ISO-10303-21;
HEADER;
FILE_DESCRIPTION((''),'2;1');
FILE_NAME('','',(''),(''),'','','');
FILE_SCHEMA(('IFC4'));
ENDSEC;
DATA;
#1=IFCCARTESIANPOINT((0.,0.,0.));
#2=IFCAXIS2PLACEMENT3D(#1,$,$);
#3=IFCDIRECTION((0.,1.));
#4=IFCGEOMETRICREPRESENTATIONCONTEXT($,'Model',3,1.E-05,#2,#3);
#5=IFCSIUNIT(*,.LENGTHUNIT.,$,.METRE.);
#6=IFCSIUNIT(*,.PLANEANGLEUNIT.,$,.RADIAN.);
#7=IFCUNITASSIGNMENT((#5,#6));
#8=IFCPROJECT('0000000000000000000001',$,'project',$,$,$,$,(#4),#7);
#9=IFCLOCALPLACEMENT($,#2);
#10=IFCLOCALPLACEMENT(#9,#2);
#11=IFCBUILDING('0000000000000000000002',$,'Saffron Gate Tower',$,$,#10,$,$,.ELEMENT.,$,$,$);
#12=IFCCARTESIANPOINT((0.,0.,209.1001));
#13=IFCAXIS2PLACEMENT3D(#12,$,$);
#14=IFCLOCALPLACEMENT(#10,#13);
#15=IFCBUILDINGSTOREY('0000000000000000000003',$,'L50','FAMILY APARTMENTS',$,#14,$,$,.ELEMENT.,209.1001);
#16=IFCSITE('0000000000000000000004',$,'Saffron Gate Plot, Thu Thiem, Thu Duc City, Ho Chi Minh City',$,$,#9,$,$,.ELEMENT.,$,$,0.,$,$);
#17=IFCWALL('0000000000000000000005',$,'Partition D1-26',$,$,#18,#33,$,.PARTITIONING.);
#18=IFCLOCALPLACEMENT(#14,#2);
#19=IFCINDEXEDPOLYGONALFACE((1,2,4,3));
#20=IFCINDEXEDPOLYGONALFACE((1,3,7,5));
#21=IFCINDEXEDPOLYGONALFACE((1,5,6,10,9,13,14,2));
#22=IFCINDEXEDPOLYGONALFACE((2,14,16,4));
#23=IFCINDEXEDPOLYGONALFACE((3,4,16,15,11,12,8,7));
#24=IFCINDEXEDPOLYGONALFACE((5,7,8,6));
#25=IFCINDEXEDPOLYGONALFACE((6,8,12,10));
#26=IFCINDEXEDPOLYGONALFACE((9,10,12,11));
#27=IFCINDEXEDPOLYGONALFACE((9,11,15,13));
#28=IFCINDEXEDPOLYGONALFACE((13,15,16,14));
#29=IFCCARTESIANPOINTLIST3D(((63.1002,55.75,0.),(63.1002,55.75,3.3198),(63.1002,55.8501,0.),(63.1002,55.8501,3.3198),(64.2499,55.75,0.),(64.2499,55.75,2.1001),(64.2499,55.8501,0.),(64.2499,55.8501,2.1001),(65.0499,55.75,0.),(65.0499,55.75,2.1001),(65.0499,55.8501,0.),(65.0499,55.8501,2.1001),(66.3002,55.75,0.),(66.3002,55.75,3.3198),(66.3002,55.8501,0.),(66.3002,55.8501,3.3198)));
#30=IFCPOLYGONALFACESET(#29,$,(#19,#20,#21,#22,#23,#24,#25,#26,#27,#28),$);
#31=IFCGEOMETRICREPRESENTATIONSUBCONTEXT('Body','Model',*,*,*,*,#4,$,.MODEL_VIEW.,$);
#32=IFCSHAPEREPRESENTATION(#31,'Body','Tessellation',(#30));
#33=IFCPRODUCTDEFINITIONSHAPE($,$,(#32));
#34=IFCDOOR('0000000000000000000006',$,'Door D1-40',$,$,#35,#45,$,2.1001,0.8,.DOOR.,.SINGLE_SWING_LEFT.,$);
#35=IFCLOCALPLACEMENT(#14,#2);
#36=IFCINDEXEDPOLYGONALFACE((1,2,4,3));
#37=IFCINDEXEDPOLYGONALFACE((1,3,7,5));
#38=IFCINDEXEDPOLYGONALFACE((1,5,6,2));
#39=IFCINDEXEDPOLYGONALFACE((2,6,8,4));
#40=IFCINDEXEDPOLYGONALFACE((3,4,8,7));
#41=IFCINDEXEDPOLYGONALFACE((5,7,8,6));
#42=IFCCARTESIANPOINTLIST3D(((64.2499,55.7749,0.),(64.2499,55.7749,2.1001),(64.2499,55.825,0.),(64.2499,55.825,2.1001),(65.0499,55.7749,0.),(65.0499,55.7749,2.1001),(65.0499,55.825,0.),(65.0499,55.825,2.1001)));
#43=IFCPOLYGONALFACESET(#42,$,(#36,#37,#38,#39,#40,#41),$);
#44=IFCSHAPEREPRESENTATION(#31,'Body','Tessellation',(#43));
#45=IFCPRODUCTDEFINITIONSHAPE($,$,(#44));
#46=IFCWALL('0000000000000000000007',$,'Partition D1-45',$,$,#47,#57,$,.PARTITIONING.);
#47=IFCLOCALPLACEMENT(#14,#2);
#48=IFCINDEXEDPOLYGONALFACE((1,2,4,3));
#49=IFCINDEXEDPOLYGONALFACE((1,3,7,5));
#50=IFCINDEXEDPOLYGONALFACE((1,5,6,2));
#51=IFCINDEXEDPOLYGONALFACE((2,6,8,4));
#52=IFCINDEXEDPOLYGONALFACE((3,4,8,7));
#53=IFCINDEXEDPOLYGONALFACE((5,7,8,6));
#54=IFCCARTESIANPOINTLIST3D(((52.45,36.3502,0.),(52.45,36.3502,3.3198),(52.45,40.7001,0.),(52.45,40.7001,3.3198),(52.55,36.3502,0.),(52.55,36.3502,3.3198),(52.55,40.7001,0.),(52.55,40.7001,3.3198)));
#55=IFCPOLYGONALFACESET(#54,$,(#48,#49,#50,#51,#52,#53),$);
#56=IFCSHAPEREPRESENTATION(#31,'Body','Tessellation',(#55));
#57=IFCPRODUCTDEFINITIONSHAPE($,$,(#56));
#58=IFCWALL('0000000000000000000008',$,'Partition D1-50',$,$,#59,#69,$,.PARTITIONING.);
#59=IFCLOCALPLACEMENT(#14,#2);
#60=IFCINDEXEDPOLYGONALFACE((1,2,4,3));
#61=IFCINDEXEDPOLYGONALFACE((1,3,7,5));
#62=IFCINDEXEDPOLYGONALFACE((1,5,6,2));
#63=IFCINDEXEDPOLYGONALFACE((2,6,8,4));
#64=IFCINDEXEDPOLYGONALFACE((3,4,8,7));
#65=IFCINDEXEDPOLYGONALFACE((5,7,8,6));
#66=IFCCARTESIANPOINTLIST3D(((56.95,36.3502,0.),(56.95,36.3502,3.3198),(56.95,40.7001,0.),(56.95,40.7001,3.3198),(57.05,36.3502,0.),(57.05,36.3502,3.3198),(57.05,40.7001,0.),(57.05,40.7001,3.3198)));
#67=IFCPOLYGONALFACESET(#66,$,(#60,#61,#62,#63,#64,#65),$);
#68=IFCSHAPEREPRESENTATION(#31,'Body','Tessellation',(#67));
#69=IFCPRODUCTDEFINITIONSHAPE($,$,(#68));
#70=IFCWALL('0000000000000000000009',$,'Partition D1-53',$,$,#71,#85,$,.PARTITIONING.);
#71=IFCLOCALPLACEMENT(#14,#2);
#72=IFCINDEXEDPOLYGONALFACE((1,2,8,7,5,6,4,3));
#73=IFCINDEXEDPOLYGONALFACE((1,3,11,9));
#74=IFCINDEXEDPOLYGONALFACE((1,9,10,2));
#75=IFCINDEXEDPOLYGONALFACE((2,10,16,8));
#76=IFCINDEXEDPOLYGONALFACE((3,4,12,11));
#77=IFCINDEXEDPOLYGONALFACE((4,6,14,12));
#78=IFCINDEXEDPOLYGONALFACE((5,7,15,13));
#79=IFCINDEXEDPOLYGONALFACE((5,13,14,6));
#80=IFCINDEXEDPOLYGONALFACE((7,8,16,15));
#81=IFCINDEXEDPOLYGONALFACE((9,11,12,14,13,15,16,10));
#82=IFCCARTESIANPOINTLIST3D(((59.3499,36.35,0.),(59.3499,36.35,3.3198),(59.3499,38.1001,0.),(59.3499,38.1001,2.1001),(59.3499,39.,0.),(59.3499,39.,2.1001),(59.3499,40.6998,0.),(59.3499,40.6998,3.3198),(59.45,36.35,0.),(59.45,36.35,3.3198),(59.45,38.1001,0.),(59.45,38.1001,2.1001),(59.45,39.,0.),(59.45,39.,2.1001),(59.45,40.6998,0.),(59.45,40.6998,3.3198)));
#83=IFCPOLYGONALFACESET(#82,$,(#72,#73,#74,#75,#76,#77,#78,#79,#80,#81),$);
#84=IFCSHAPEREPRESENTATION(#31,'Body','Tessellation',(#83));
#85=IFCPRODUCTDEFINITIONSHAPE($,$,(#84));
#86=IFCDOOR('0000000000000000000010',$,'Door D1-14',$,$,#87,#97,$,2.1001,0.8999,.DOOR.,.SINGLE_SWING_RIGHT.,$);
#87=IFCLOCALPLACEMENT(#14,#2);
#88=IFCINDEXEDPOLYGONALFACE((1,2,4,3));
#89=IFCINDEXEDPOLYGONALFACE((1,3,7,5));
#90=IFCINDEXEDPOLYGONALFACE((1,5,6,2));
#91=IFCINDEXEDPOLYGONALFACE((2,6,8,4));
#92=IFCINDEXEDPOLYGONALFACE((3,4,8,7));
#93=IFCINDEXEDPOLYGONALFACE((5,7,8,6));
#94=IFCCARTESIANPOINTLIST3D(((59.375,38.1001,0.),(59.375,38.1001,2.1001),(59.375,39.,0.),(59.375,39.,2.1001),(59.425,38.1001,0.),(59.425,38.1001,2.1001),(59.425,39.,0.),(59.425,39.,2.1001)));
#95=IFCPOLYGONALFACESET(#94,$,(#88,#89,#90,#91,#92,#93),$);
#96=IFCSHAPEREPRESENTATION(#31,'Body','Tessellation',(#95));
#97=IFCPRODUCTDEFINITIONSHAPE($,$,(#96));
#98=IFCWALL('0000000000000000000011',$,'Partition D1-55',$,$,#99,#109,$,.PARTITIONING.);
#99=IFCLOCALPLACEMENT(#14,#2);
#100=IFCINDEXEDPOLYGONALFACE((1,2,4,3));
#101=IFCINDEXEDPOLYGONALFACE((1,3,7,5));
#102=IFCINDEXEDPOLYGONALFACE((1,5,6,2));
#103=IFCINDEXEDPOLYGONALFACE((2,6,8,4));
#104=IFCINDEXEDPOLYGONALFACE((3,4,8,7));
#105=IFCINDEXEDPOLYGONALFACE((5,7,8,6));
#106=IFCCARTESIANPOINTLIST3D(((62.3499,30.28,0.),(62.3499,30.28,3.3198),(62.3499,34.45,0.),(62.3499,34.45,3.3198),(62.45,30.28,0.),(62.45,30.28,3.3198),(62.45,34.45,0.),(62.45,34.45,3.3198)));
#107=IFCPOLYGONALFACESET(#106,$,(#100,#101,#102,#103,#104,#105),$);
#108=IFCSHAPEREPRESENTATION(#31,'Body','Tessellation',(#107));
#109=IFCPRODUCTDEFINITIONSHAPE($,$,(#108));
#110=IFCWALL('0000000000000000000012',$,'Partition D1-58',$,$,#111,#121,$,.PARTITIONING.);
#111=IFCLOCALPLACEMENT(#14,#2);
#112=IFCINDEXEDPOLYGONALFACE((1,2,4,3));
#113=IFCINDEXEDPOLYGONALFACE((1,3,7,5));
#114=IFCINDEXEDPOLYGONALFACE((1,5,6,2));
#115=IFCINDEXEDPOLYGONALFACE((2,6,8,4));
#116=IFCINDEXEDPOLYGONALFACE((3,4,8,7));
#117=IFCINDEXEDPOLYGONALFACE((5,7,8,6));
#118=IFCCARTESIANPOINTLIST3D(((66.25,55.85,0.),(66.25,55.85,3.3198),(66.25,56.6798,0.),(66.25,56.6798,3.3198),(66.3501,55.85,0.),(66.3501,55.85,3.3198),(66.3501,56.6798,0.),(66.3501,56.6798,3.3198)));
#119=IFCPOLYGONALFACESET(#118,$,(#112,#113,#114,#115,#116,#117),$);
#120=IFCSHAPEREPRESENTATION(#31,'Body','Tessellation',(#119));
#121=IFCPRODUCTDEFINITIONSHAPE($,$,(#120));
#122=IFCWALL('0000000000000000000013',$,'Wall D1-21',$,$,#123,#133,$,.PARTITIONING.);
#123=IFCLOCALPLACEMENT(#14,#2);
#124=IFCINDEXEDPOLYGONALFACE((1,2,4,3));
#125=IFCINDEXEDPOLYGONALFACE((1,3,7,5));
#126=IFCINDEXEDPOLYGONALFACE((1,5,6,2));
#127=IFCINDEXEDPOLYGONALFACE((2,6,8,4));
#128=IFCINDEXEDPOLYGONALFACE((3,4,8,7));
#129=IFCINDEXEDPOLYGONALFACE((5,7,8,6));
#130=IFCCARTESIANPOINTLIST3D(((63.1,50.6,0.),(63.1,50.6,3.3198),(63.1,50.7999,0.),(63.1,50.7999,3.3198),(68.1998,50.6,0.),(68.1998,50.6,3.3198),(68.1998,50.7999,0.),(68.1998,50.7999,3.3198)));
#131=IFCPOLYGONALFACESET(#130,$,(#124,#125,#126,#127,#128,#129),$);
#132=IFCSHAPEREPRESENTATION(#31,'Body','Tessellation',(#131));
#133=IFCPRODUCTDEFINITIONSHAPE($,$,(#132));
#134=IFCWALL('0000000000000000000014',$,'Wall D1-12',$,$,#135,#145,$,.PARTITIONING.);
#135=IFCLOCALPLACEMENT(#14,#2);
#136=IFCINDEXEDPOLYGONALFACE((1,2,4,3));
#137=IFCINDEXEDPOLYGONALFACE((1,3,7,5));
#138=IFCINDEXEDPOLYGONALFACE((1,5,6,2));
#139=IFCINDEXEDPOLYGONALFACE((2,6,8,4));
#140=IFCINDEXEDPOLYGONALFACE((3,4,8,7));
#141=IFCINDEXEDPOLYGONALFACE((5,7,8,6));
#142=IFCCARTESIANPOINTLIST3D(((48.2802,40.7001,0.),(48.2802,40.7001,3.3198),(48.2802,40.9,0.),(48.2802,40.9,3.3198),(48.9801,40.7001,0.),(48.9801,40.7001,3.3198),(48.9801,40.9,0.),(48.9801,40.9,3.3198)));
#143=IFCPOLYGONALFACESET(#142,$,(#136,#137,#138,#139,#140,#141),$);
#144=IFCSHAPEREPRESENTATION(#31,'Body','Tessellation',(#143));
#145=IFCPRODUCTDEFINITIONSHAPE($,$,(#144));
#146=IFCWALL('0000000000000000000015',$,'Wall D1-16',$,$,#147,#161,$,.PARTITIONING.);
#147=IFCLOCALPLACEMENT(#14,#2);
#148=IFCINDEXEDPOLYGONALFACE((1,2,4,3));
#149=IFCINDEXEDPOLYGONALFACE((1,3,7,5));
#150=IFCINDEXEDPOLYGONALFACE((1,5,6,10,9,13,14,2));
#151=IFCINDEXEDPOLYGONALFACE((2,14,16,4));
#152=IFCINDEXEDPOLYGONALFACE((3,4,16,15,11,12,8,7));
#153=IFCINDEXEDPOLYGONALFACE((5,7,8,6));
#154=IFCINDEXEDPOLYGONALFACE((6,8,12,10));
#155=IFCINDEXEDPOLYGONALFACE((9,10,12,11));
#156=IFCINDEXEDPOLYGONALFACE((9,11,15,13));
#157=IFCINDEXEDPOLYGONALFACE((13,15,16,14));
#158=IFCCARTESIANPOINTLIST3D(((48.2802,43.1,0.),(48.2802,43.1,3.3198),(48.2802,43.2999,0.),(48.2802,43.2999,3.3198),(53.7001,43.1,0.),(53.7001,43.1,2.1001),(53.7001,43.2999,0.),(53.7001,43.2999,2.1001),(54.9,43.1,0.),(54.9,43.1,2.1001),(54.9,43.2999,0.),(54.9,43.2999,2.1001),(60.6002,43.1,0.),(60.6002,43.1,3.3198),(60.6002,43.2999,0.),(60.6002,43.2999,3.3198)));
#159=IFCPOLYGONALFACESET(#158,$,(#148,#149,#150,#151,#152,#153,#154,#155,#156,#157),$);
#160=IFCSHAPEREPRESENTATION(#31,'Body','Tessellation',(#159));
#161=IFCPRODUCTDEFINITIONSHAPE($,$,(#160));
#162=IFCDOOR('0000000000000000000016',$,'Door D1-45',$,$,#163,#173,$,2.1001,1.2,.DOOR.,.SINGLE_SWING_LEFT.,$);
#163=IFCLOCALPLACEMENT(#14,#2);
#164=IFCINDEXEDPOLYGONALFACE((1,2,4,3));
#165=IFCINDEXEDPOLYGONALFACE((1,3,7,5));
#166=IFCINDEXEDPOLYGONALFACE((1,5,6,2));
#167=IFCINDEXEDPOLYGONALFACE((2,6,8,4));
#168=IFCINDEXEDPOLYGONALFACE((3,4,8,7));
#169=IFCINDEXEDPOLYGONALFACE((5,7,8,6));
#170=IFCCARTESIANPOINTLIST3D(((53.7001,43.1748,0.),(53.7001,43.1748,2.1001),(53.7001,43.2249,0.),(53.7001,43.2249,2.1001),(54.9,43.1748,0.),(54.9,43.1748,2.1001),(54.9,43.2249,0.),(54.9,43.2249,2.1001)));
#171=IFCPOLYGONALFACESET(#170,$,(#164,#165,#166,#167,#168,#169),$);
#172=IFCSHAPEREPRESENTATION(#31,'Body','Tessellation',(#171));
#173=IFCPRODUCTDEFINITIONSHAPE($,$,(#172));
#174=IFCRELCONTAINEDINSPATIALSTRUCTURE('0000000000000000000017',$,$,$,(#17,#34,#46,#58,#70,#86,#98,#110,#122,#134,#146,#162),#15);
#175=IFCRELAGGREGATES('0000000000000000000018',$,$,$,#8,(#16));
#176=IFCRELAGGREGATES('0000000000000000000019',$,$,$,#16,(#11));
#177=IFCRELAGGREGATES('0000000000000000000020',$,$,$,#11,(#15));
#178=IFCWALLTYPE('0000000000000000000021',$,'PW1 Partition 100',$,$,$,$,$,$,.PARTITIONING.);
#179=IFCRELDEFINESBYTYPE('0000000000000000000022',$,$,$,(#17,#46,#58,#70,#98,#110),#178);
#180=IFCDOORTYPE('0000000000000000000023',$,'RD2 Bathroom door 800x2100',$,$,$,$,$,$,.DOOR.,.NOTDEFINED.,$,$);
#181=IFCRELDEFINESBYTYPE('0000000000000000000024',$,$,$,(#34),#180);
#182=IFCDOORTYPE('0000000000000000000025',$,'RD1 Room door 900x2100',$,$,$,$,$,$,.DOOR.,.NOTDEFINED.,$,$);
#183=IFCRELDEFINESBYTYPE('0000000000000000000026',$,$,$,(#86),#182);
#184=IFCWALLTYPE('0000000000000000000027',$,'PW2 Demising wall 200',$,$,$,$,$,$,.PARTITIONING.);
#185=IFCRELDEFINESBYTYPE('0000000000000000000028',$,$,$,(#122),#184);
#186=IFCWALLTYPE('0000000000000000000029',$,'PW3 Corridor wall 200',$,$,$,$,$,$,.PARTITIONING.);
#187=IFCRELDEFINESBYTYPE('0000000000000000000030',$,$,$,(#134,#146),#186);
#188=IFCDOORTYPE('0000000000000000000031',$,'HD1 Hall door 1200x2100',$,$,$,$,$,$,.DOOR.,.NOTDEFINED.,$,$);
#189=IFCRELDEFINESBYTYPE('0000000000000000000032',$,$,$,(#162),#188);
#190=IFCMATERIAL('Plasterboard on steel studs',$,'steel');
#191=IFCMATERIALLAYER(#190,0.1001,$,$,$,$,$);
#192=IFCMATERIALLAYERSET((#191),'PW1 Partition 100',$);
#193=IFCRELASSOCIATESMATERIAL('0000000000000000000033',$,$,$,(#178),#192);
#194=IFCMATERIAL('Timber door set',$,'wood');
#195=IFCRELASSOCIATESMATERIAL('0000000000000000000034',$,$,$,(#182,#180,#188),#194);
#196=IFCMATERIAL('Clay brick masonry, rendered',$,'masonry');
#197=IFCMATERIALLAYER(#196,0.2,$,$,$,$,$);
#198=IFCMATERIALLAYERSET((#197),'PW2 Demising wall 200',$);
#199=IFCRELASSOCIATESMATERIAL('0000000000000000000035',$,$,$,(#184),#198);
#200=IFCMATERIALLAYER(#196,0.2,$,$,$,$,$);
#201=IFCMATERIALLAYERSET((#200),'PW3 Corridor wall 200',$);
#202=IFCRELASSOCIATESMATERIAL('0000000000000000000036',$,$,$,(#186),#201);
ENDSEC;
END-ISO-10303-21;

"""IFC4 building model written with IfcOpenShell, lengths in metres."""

from ifc_helpers import new_model, si_unit, direction, frame, frame_2d, origin, place, context, subcontext, project, spatial, rectangle, extrude, material, layer, layer_set, type_object, element, fill, save


model = new_model("IFC4")

# Units and contexts
model_context = context("Model", 3, precision=1e-05, world=origin(), true_north=direction((0.0, 1.0)))
body_context = subcontext(model_context, "Body", "Model", "MODEL_VIEW")
ifc_project = project(units=[si_unit("LENGTHUNIT", "METRE"), si_unit("PLANEANGLEUNIT", "RADIAN")], contexts=[model_context])

# Site, building, storey
site_placement = place(None, origin())
site = spatial("IfcSite", under=ifc_project, at=site_placement, Name="Saffron Gate Plot, Thu Thiem, Thu Duc City, Ho Chi Minh City", CompositionType="ELEMENT", RefElevation=0.0)
building_placement = place(site_placement, origin())
building = spatial("IfcBuilding", under=site, at=building_placement, Name="Saffron Gate Tower", CompositionType="ELEMENT")
storey_placement = place(building_placement, frame((0.0, 0.0, 209.1001)))
storey = spatial("IfcBuildingStorey", under=building, at=storey_placement, Name="L50", Description="FAMILY APARTMENTS", CompositionType="ELEMENT", Elevation=209.1001)

# Shared definitions
ifc_material_1 = material(Name="Plasterboard on steel studs", Category="steel")
ifc_layer_1 = layer(ifc_material_1, 0.1001)
ifc_layer_set_1 = layer_set([ifc_layer_1], Name="PW1 Partition 100")
wall_type_1 = type_object("IfcWallType", Name="PW1 Partition 100", PredefinedType="PARTITIONING", material=ifc_layer_set_1)
ifc_material_2 = material(Name="Timber door set", Category="wood")
door_type_1 = type_object("IfcDoorType", Name="RD1 Room door 900x2100", OperationType="NOTDEFINED", PredefinedType="DOOR", material=ifc_material_2)

# Shared definitions
door_type_2 = type_object("IfcDoorType", Name="RD2 Bathroom door 800x2100", OperationType="NOTDEFINED", PredefinedType="DOOR", material=ifc_material_2)

# Wall, opening, door
wall_1_placement = place(storey_placement, frame((63.1001, 55.8, 0.0), z_axis=(0.0, 0.0, 1.0), x_axis=(1.0, 0.0, 0.0)))
wall_1 = element("IfcWall", 1, at=wall_1_placement, inside=storey, type_object=wall_type_1, Name="Partition D1-26", PredefinedType="PARTITIONING", context=body_context, shape_type="SweptSolid", body=[
    extrude(rectangle(XDim=3.2, YDim=0.1001, at=frame_2d((1.6001, 0.0))), origin(), (0.0, 0.0, 1.0), 3.3198),
])
opening_1_placement = place(wall_1_placement, frame((1.1499, 0.0, 0.0)))
opening_1 = element("IfcOpeningElement", 2, at=opening_1_placement, cuts=wall_1, PredefinedType="OPENING", context=body_context, shape_type="SweptSolid", body=[
    extrude(rectangle(XDim=0.8, YDim=2.1001, at=frame_2d((0.3999, 1.05))), frame((0.0, 0.0601, 0.0), z_axis=(0.0, -1.0, 0.0), x_axis=(1.0, 0.0, 0.0)), (0.0, 0.0, 1.0), 0.1201),
])
door_1_placement = place(opening_1_placement, origin())
door_1 = element("IfcDoor", 3, at=door_1_placement, inside=storey, type_object=door_type_2, Name="Door D1-40", OperationType="SINGLE_SWING_LEFT", OverallHeight=2.1001, OverallWidth=0.8, PredefinedType="DOOR", context=body_context, shape_type="SweptSolid", body=[
    extrude(rectangle(XDim=0.8, YDim=2.1001, at=frame_2d((0.3999, 1.05))), frame((0.0, 0.0249, 0.0), z_axis=(0.0, -1.0, 0.0), x_axis=(1.0, 0.0, 0.0)), (0.0, 0.0, 1.0), 0.05),
])
fill(opening_1, door_1)

# Walls
for number, where, z_axis, x_axis, name in (
    (4, (52.5, 40.7, 0.0), (0.0, 0.0, 1.0), (0.0, -1.0, 0.0), "Partition D1-45"),
    (5, (57.0, 40.7, 0.0), (0.0, 0.0, 1.0), (0.0, -1.0, 0.0), "Partition D1-50"),
):
    element("IfcWall", number, at=place(storey_placement, frame(where, z_axis=z_axis, x_axis=x_axis)), inside=storey, type_object=wall_type_1, Name=name, PredefinedType="PARTITIONING", context=body_context, shape_type="SweptSolid", body=[
        extrude(rectangle(XDim=4.3499, YDim=0.1001, at=frame_2d((2.1748, 0.0))), origin(), (0.0, 0.0, 1.0), 3.3198),
    ])

# Wall, opening, door
wall_2_placement = place(storey_placement, frame((59.3999, 36.3501, 0.0), z_axis=(0.0, 0.0, 1.0), x_axis=(0.0, 1.0, 0.0)))
wall_2 = element("IfcWall", 6, at=wall_2_placement, inside=storey, type_object=wall_type_1, Name="Partition D1-53", PredefinedType="PARTITIONING", context=body_context, shape_type="SweptSolid", body=[
    extrude(rectangle(XDim=4.3499, YDim=0.1001, at=frame_2d((2.1748, 0.0))), origin(), (0.0, 0.0, 1.0), 3.3198),
])
opening_2_placement = place(wall_2_placement, frame((1.75, 0.0, 0.0)))
opening_2 = element("IfcOpeningElement", 7, at=opening_2_placement, cuts=wall_2, PredefinedType="OPENING", context=body_context, shape_type="SweptSolid", body=[
    extrude(rectangle(XDim=0.8999, YDim=2.1001, at=frame_2d((0.45, 1.05))), frame((0.0, 0.0601, 0.0), z_axis=(0.0, -1.0, 0.0), x_axis=(1.0, 0.0, 0.0)), (0.0, 0.0, 1.0), 0.1201),
])
door_2_placement = place(opening_2_placement, origin())
door_2 = element("IfcDoor", 8, at=door_2_placement, inside=storey, type_object=door_type_1, Name="Door D1-14", OperationType="SINGLE_SWING_RIGHT", OverallHeight=2.1001, OverallWidth=0.8999, PredefinedType="DOOR", context=body_context, shape_type="SweptSolid", body=[
    extrude(rectangle(XDim=0.8999, YDim=2.1001, at=frame_2d((0.45, 1.05))), frame((0.0, 0.0249, 0.0), z_axis=(0.0, -1.0, 0.0), x_axis=(1.0, 0.0, 0.0)), (0.0, 0.0, 1.0), 0.05),
])
fill(opening_2, door_2)

# Walls
wall_3_placement = place(storey_placement, frame((62.3999, 34.45, 0.0), z_axis=(0.0, 0.0, 1.0), x_axis=(0.0, -1.0, 0.0)))
element("IfcWall", 9, at=wall_3_placement, inside=storey, type_object=wall_type_1, Name="Partition D1-55", PredefinedType="PARTITIONING", context=body_context, shape_type="SweptSolid", body=[
    extrude(rectangle(XDim=4.1699, YDim=0.1001, at=frame_2d((2.085, 0.0))), origin(), (0.0, 0.0, 1.0), 3.3198),
])
wall_4_placement = place(storey_placement, frame((66.3, 56.6799, 0.0), z_axis=(0.0, 0.0, 1.0), x_axis=(0.0, -1.0, 0.0)))
element("IfcWall", 10, at=wall_4_placement, inside=storey, type_object=wall_type_1, Name="Partition D1-58", PredefinedType="PARTITIONING", context=body_context, shape_type="SweptSolid", body=[
    extrude(rectangle(XDim=0.8298, YDim=0.1001, at=frame_2d((0.415, 0.0))), origin(), (0.0, 0.0, 1.0), 3.3198),
])
ifc_material_3 = material(Name="Clay brick masonry, rendered", Category="masonry")
ifc_layer_2 = layer(ifc_material_3, 0.2)
ifc_layer_set_2 = layer_set([ifc_layer_2], Name="PW2 Demising wall 200")
wall_type_2 = type_object("IfcWallType", Name="PW2 Demising wall 200", PredefinedType="PARTITIONING", material=ifc_layer_set_2)
wall_5_placement = place(storey_placement, frame((63.1001, 50.7, 0.0), z_axis=(0.0, 0.0, 1.0), x_axis=(1.0, 0.0, 0.0)))
element("IfcWall", 11, at=wall_5_placement, inside=storey, type_object=wall_type_2, Name="Wall D1-21", PredefinedType="PARTITIONING", context=body_context, shape_type="SweptSolid", body=[
    extrude(rectangle(XDim=5.0999, YDim=0.2, at=frame_2d((2.5498, 0.0))), origin(), (0.0, 0.0, 1.0), 3.3198),
])
ifc_layer_3 = layer(ifc_material_3, 0.2)
ifc_layer_set_3 = layer_set([ifc_layer_3], Name="PW3 Corridor wall 200")
wall_type_3 = type_object("IfcWallType", Name="PW3 Corridor wall 200", PredefinedType="PARTITIONING", material=ifc_layer_set_3)
wall_6_placement = place(storey_placement, frame((48.28, 40.8, 0.0), z_axis=(0.0, 0.0, 1.0), x_axis=(1.0, 0.0, 0.0)))
element("IfcWall", 12, at=wall_6_placement, inside=storey, type_object=wall_type_3, Name="Wall D1-12", PredefinedType="PARTITIONING", context=body_context, shape_type="SweptSolid", body=[
    extrude(rectangle(XDim=0.7, YDim=0.2, at=frame_2d((0.3501, 0.0))), origin(), (0.0, 0.0, 1.0), 3.3198),
])

# Wall, opening, door
wall_7_placement = place(storey_placement, frame((48.28, 43.2, 0.0), z_axis=(0.0, 0.0, 1.0), x_axis=(1.0, 0.0, 0.0)))
wall_7 = element("IfcWall", 13, at=wall_7_placement, inside=storey, type_object=wall_type_3, Name="Wall D1-16", PredefinedType="PARTITIONING", context=body_context, shape_type="SweptSolid", body=[
    extrude(rectangle(XDim=12.3201, YDim=0.2, at=frame_2d((6.1602, 0.0))), origin(), (0.0, 0.0, 1.0), 3.3198),
])
opening_3_placement = place(wall_7_placement, frame((5.4199, 0.0, 0.0)))
opening_3 = element("IfcOpeningElement", 14, at=opening_3_placement, cuts=wall_7, PredefinedType="OPENING", context=body_context, shape_type="SweptSolid", body=[
    extrude(rectangle(XDim=1.2, YDim=2.1001, at=frame_2d((0.6001, 1.05))), frame((0.0, 0.1099, 0.0), z_axis=(0.0, -1.0, 0.0), x_axis=(1.0, 0.0, 0.0)), (0.0, 0.0, 1.0), 0.22),
])
door_type_3 = type_object("IfcDoorType", Name="HD1 Hall door 1200x2100", OperationType="NOTDEFINED", PredefinedType="DOOR", material=ifc_material_2)
door_3_placement = place(opening_3_placement, origin())
door_3 = element("IfcDoor", 15, at=door_3_placement, inside=storey, type_object=door_type_3, Name="Door D1-45", OperationType="SINGLE_SWING_LEFT", OverallHeight=2.1001, OverallWidth=1.2, PredefinedType="DOOR", context=body_context, shape_type="SweptSolid", body=[
    extrude(rectangle(XDim=1.2, YDim=2.1001, at=frame_2d((0.6001, 1.05))), frame((0.0, 0.0249, 0.0), z_axis=(0.0, -1.0, 0.0), x_axis=(1.0, 0.0, 0.0)), (0.0, 0.0, 1.0), 0.05),
])
fill(opening_3, door_3)

save(model, "model.ifc")
